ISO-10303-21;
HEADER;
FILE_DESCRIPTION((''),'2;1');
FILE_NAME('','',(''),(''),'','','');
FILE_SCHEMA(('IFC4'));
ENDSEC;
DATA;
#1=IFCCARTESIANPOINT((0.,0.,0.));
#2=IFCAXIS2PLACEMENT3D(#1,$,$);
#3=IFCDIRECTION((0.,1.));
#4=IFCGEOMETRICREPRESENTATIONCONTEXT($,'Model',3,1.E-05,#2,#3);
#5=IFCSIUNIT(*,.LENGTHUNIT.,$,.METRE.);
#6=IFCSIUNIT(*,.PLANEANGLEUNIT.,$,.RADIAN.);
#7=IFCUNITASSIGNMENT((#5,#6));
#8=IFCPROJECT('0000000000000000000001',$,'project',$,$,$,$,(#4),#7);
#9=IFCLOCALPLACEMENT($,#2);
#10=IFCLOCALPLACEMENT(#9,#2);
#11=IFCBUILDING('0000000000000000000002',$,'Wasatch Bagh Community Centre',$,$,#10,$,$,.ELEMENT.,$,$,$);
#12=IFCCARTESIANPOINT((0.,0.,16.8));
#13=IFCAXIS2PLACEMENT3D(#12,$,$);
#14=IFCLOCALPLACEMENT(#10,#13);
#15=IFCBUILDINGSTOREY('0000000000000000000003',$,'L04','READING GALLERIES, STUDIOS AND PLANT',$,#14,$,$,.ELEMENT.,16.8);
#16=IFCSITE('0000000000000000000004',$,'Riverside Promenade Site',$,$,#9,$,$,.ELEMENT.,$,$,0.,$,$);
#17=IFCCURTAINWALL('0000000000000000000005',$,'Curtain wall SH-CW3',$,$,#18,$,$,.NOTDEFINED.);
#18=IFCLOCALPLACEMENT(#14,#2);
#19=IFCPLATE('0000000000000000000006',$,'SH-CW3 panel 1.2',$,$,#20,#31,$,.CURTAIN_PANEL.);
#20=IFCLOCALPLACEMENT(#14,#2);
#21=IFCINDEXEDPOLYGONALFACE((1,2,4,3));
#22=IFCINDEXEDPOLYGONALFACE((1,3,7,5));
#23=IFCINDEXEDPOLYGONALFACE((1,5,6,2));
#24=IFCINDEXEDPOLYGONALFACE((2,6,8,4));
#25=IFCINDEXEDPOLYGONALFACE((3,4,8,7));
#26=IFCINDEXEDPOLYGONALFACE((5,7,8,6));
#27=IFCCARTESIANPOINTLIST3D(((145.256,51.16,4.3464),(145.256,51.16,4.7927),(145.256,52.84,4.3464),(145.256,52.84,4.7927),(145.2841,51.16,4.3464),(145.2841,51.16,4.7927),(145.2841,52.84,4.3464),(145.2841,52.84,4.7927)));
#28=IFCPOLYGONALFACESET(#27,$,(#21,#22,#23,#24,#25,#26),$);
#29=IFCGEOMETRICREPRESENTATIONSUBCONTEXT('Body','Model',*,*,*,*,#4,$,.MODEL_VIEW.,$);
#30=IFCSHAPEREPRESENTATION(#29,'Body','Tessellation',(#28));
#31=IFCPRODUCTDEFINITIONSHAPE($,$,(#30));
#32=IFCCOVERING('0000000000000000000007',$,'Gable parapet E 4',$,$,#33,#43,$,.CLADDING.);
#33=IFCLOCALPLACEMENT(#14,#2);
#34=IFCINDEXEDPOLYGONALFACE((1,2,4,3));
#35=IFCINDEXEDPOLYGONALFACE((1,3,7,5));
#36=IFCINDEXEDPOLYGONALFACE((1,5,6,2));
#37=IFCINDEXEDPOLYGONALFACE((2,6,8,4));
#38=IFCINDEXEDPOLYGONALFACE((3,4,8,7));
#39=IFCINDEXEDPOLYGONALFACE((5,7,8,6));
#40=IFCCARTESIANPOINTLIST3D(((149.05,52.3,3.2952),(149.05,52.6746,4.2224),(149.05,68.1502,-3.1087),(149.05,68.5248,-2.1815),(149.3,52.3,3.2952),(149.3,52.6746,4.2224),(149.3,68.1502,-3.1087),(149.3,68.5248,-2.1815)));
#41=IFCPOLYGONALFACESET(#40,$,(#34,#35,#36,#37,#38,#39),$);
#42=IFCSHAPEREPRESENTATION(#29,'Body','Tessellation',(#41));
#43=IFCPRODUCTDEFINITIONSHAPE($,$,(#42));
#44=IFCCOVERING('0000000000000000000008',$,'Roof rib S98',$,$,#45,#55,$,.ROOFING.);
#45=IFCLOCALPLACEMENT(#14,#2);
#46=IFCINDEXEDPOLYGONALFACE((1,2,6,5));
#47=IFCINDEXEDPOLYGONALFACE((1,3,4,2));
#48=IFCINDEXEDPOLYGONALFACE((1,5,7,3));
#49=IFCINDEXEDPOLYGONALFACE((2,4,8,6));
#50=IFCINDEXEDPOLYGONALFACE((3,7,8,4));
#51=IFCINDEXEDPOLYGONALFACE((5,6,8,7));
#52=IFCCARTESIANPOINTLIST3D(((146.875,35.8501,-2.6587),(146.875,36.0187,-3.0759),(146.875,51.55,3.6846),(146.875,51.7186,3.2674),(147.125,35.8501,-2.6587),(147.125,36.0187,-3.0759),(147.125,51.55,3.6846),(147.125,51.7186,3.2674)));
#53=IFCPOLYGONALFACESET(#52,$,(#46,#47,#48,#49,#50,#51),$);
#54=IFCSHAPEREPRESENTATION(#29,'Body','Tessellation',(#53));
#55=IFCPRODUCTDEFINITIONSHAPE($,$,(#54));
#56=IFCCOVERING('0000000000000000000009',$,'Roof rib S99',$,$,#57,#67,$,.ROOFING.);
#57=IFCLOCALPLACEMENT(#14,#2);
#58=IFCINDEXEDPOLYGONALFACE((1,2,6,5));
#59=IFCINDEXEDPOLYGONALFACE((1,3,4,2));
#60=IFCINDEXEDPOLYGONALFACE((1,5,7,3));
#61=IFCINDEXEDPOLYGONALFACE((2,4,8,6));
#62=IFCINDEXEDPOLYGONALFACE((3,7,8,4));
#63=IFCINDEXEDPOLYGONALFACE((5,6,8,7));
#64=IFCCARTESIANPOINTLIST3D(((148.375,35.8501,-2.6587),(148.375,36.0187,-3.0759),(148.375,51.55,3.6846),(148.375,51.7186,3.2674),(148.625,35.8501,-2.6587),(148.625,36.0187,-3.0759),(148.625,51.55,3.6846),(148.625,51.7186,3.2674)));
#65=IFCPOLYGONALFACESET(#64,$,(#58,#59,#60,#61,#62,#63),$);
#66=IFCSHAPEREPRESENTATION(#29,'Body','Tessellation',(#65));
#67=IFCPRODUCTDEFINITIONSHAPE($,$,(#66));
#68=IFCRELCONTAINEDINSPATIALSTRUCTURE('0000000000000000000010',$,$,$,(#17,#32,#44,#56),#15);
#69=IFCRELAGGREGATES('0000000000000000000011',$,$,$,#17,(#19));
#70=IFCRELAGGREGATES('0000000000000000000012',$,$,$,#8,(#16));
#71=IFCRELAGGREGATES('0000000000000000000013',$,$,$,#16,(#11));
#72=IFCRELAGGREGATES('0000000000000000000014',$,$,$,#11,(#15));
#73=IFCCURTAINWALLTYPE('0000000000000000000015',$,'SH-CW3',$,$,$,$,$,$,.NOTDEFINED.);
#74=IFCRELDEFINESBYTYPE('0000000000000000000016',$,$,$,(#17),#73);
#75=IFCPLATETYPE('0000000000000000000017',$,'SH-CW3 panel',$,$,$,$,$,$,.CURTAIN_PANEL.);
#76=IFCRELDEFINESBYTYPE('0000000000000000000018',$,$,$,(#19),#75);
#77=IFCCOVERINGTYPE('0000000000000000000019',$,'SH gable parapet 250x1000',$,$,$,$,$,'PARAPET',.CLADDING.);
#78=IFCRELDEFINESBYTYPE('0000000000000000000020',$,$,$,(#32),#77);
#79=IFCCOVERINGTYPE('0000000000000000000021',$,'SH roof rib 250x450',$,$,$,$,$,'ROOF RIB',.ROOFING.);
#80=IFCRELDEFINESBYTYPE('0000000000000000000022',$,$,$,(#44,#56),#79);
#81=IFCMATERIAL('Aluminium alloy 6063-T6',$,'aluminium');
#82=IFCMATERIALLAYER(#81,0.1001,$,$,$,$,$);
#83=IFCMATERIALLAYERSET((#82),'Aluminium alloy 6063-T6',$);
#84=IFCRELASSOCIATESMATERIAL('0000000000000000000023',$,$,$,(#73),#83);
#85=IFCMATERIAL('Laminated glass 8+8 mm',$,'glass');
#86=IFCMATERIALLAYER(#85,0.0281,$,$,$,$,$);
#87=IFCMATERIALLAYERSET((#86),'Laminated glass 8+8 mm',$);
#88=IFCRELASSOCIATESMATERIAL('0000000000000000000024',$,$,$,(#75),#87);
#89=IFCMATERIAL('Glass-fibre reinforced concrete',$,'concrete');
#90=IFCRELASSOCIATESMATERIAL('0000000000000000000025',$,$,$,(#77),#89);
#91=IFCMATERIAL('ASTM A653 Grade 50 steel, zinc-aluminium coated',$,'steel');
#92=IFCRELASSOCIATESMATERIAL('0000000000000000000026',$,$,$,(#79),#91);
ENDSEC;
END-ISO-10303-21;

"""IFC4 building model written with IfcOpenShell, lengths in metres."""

from ifc_helpers import new_model, si_unit, direction, frame, origin, origin_2d, place, context, subcontext, project, spatial, polyline, rectangle, outline, extrude, material, layer, layer_set, material_profile, profile_set, type_object, element, aggregate, save


model = new_model("IFC4")

# Units and contexts
model_context = context("Model", 3, precision=1e-05, world=origin(), true_north=direction((0.0, 1.0)))
body_context = subcontext(model_context, "Body", "Model", "MODEL_VIEW")
ifc_project = project(units=[si_unit("LENGTHUNIT", "METRE"), si_unit("PLANEANGLEUNIT", "RADIAN")], contexts=[model_context])

# Site, building, storey
site_placement = place(None, origin())
site = spatial("IfcSite", under=ifc_project, at=site_placement, Name="Riverside Promenade Site", CompositionType="ELEMENT", RefElevation=0.0)
building_placement = place(site_placement, origin())
building = spatial("IfcBuilding", under=site, at=building_placement, Name="Wasatch Bagh Community Centre", CompositionType="ELEMENT")
storey_placement = place(building_placement, frame((0.0, 0.0, 16.8)))
storey = spatial("IfcBuildingStorey", under=building, at=storey_placement, Name="L04", Description="READING GALLERIES, STUDIOS AND PLANT", CompositionType="ELEMENT", Elevation=16.8)

# Shared definitions
ifc_material_1 = material(Name="Aluminium alloy 6063-T6", Category="aluminium")
ifc_layer_1 = layer(ifc_material_1, 0.1001)
ifc_layer_set_1 = layer_set([ifc_layer_1], Name="Aluminium alloy 6063-T6")
curtain_wall_type = type_object("IfcCurtainWallType", Name="SH-CW3", PredefinedType="NOTDEFINED", material=ifc_layer_set_1)

# Curtain wall
curtain_wall_1_placement = place(storey_placement, origin())
curtain_wall_1 = element("IfcCurtainWall", 1, at=curtain_wall_1_placement, inside=storey, type_object=curtain_wall_type, Name="Curtain wall SH-CW3", PredefinedType="NOTDEFINED")

# Plate
ifc_material_2 = material(Name="Laminated glass 8+8 mm", Category="glass")
ifc_layer_2 = layer(ifc_material_2, 0.0281)
ifc_layer_set_2 = layer_set([ifc_layer_2], Name="Laminated glass 8+8 mm")
plate_type = type_object("IfcPlateType", Name="SH-CW3 panel", PredefinedType="CURTAIN_PANEL", material=ifc_layer_set_2)
plate_1_placement = place(storey_placement, frame((145.27, 52.0, 4.3464), z_axis=(0.0, 0.0, 1.0), x_axis=(0.0, 1.0, 0.0)))
plate_1 = element("IfcPlate", 2, at=plate_1_placement, type_object=plate_type, Name="SH-CW3 panel 1.2", PredefinedType="CURTAIN_PANEL", context=body_context, shape_type="SweptSolid", body=[
    extrude(rectangle(XDim=1.6799, YDim=0.0281, at=origin_2d()), origin(), (0.0, 0.0, 1.0), 0.4463),
])
aggregate(curtain_wall_1, [plate_1])

# Coverings
ifc_material_3 = material(Name="Glass-fibre reinforced concrete", Category="concrete")
ifc_material_profile_1 = material_profile(ifc_material_3, rectangle(XDim=0.25, YDim=1.0, at=origin_2d()), Name="PARAPET 250x1000")
ifc_profile_set_1 = profile_set([ifc_material_profile_1], Name="Glass-fibre reinforced concrete")
covering_type_1 = type_object("IfcCoveringType", Name="SH gable parapet 250x1000", ElementType="PARAPET", PredefinedType="CLADDING", material=ifc_profile_set_1)
covering_placement = place(storey_placement, frame((149.175, 52.4873, 3.7588), z_axis=(0.0, 0.927185, -0.374604), x_axis=(-1.0, 0.0, 0.0)))
element("IfcCovering", 3, at=covering_placement, inside=storey, type_object=covering_type_1, Name="Gable parapet E 4", PredefinedType="CLADDING", context=body_context, shape_type="SweptSolid", body=[
    extrude(rectangle(XDim=0.25, YDim=1.0, at=origin_2d()), origin(), (0.0, 0.0, 1.0), 17.095),
])
ifc_material_4 = material(Name="ASTM A653 Grade 50 steel, zinc-aluminium coated", Category="steel")
covering_type_2 = type_object("IfcCoveringType", Name="SH roof rib 250x450", ElementType="ROOF RIB", PredefinedType="ROOFING", material=ifc_material_4)
for number, where, z_axis, x_axis, name in (
    (4, (147.125, 51.55, 3.6846), (0.0, -0.37461, 0.927182), (0.0, -0.927182, -0.37461), "Roof rib S98"),
    (5, (148.625, 51.55, 3.6846), (0.0, -0.37461, 0.927182), (0.0, -0.927182, -0.37461), "Roof rib S99"),
):
    element("IfcCovering", number, at=place(storey_placement, frame(where, z_axis=z_axis, x_axis=x_axis)), inside=storey, type_object=covering_type_2, Name=name, PredefinedType="ROOFING", context=body_context, shape_type="SweptSolid", body=[
        extrude(outline(polyline([(0.0, 0.0), (16.933, 0.0), (16.933, -0.25), (0.0, -0.25), (0.0, 0.0)])), origin(), (0.0, 0.0, -1.0), 0.45),
    ])

save(model, "model.ifc")
